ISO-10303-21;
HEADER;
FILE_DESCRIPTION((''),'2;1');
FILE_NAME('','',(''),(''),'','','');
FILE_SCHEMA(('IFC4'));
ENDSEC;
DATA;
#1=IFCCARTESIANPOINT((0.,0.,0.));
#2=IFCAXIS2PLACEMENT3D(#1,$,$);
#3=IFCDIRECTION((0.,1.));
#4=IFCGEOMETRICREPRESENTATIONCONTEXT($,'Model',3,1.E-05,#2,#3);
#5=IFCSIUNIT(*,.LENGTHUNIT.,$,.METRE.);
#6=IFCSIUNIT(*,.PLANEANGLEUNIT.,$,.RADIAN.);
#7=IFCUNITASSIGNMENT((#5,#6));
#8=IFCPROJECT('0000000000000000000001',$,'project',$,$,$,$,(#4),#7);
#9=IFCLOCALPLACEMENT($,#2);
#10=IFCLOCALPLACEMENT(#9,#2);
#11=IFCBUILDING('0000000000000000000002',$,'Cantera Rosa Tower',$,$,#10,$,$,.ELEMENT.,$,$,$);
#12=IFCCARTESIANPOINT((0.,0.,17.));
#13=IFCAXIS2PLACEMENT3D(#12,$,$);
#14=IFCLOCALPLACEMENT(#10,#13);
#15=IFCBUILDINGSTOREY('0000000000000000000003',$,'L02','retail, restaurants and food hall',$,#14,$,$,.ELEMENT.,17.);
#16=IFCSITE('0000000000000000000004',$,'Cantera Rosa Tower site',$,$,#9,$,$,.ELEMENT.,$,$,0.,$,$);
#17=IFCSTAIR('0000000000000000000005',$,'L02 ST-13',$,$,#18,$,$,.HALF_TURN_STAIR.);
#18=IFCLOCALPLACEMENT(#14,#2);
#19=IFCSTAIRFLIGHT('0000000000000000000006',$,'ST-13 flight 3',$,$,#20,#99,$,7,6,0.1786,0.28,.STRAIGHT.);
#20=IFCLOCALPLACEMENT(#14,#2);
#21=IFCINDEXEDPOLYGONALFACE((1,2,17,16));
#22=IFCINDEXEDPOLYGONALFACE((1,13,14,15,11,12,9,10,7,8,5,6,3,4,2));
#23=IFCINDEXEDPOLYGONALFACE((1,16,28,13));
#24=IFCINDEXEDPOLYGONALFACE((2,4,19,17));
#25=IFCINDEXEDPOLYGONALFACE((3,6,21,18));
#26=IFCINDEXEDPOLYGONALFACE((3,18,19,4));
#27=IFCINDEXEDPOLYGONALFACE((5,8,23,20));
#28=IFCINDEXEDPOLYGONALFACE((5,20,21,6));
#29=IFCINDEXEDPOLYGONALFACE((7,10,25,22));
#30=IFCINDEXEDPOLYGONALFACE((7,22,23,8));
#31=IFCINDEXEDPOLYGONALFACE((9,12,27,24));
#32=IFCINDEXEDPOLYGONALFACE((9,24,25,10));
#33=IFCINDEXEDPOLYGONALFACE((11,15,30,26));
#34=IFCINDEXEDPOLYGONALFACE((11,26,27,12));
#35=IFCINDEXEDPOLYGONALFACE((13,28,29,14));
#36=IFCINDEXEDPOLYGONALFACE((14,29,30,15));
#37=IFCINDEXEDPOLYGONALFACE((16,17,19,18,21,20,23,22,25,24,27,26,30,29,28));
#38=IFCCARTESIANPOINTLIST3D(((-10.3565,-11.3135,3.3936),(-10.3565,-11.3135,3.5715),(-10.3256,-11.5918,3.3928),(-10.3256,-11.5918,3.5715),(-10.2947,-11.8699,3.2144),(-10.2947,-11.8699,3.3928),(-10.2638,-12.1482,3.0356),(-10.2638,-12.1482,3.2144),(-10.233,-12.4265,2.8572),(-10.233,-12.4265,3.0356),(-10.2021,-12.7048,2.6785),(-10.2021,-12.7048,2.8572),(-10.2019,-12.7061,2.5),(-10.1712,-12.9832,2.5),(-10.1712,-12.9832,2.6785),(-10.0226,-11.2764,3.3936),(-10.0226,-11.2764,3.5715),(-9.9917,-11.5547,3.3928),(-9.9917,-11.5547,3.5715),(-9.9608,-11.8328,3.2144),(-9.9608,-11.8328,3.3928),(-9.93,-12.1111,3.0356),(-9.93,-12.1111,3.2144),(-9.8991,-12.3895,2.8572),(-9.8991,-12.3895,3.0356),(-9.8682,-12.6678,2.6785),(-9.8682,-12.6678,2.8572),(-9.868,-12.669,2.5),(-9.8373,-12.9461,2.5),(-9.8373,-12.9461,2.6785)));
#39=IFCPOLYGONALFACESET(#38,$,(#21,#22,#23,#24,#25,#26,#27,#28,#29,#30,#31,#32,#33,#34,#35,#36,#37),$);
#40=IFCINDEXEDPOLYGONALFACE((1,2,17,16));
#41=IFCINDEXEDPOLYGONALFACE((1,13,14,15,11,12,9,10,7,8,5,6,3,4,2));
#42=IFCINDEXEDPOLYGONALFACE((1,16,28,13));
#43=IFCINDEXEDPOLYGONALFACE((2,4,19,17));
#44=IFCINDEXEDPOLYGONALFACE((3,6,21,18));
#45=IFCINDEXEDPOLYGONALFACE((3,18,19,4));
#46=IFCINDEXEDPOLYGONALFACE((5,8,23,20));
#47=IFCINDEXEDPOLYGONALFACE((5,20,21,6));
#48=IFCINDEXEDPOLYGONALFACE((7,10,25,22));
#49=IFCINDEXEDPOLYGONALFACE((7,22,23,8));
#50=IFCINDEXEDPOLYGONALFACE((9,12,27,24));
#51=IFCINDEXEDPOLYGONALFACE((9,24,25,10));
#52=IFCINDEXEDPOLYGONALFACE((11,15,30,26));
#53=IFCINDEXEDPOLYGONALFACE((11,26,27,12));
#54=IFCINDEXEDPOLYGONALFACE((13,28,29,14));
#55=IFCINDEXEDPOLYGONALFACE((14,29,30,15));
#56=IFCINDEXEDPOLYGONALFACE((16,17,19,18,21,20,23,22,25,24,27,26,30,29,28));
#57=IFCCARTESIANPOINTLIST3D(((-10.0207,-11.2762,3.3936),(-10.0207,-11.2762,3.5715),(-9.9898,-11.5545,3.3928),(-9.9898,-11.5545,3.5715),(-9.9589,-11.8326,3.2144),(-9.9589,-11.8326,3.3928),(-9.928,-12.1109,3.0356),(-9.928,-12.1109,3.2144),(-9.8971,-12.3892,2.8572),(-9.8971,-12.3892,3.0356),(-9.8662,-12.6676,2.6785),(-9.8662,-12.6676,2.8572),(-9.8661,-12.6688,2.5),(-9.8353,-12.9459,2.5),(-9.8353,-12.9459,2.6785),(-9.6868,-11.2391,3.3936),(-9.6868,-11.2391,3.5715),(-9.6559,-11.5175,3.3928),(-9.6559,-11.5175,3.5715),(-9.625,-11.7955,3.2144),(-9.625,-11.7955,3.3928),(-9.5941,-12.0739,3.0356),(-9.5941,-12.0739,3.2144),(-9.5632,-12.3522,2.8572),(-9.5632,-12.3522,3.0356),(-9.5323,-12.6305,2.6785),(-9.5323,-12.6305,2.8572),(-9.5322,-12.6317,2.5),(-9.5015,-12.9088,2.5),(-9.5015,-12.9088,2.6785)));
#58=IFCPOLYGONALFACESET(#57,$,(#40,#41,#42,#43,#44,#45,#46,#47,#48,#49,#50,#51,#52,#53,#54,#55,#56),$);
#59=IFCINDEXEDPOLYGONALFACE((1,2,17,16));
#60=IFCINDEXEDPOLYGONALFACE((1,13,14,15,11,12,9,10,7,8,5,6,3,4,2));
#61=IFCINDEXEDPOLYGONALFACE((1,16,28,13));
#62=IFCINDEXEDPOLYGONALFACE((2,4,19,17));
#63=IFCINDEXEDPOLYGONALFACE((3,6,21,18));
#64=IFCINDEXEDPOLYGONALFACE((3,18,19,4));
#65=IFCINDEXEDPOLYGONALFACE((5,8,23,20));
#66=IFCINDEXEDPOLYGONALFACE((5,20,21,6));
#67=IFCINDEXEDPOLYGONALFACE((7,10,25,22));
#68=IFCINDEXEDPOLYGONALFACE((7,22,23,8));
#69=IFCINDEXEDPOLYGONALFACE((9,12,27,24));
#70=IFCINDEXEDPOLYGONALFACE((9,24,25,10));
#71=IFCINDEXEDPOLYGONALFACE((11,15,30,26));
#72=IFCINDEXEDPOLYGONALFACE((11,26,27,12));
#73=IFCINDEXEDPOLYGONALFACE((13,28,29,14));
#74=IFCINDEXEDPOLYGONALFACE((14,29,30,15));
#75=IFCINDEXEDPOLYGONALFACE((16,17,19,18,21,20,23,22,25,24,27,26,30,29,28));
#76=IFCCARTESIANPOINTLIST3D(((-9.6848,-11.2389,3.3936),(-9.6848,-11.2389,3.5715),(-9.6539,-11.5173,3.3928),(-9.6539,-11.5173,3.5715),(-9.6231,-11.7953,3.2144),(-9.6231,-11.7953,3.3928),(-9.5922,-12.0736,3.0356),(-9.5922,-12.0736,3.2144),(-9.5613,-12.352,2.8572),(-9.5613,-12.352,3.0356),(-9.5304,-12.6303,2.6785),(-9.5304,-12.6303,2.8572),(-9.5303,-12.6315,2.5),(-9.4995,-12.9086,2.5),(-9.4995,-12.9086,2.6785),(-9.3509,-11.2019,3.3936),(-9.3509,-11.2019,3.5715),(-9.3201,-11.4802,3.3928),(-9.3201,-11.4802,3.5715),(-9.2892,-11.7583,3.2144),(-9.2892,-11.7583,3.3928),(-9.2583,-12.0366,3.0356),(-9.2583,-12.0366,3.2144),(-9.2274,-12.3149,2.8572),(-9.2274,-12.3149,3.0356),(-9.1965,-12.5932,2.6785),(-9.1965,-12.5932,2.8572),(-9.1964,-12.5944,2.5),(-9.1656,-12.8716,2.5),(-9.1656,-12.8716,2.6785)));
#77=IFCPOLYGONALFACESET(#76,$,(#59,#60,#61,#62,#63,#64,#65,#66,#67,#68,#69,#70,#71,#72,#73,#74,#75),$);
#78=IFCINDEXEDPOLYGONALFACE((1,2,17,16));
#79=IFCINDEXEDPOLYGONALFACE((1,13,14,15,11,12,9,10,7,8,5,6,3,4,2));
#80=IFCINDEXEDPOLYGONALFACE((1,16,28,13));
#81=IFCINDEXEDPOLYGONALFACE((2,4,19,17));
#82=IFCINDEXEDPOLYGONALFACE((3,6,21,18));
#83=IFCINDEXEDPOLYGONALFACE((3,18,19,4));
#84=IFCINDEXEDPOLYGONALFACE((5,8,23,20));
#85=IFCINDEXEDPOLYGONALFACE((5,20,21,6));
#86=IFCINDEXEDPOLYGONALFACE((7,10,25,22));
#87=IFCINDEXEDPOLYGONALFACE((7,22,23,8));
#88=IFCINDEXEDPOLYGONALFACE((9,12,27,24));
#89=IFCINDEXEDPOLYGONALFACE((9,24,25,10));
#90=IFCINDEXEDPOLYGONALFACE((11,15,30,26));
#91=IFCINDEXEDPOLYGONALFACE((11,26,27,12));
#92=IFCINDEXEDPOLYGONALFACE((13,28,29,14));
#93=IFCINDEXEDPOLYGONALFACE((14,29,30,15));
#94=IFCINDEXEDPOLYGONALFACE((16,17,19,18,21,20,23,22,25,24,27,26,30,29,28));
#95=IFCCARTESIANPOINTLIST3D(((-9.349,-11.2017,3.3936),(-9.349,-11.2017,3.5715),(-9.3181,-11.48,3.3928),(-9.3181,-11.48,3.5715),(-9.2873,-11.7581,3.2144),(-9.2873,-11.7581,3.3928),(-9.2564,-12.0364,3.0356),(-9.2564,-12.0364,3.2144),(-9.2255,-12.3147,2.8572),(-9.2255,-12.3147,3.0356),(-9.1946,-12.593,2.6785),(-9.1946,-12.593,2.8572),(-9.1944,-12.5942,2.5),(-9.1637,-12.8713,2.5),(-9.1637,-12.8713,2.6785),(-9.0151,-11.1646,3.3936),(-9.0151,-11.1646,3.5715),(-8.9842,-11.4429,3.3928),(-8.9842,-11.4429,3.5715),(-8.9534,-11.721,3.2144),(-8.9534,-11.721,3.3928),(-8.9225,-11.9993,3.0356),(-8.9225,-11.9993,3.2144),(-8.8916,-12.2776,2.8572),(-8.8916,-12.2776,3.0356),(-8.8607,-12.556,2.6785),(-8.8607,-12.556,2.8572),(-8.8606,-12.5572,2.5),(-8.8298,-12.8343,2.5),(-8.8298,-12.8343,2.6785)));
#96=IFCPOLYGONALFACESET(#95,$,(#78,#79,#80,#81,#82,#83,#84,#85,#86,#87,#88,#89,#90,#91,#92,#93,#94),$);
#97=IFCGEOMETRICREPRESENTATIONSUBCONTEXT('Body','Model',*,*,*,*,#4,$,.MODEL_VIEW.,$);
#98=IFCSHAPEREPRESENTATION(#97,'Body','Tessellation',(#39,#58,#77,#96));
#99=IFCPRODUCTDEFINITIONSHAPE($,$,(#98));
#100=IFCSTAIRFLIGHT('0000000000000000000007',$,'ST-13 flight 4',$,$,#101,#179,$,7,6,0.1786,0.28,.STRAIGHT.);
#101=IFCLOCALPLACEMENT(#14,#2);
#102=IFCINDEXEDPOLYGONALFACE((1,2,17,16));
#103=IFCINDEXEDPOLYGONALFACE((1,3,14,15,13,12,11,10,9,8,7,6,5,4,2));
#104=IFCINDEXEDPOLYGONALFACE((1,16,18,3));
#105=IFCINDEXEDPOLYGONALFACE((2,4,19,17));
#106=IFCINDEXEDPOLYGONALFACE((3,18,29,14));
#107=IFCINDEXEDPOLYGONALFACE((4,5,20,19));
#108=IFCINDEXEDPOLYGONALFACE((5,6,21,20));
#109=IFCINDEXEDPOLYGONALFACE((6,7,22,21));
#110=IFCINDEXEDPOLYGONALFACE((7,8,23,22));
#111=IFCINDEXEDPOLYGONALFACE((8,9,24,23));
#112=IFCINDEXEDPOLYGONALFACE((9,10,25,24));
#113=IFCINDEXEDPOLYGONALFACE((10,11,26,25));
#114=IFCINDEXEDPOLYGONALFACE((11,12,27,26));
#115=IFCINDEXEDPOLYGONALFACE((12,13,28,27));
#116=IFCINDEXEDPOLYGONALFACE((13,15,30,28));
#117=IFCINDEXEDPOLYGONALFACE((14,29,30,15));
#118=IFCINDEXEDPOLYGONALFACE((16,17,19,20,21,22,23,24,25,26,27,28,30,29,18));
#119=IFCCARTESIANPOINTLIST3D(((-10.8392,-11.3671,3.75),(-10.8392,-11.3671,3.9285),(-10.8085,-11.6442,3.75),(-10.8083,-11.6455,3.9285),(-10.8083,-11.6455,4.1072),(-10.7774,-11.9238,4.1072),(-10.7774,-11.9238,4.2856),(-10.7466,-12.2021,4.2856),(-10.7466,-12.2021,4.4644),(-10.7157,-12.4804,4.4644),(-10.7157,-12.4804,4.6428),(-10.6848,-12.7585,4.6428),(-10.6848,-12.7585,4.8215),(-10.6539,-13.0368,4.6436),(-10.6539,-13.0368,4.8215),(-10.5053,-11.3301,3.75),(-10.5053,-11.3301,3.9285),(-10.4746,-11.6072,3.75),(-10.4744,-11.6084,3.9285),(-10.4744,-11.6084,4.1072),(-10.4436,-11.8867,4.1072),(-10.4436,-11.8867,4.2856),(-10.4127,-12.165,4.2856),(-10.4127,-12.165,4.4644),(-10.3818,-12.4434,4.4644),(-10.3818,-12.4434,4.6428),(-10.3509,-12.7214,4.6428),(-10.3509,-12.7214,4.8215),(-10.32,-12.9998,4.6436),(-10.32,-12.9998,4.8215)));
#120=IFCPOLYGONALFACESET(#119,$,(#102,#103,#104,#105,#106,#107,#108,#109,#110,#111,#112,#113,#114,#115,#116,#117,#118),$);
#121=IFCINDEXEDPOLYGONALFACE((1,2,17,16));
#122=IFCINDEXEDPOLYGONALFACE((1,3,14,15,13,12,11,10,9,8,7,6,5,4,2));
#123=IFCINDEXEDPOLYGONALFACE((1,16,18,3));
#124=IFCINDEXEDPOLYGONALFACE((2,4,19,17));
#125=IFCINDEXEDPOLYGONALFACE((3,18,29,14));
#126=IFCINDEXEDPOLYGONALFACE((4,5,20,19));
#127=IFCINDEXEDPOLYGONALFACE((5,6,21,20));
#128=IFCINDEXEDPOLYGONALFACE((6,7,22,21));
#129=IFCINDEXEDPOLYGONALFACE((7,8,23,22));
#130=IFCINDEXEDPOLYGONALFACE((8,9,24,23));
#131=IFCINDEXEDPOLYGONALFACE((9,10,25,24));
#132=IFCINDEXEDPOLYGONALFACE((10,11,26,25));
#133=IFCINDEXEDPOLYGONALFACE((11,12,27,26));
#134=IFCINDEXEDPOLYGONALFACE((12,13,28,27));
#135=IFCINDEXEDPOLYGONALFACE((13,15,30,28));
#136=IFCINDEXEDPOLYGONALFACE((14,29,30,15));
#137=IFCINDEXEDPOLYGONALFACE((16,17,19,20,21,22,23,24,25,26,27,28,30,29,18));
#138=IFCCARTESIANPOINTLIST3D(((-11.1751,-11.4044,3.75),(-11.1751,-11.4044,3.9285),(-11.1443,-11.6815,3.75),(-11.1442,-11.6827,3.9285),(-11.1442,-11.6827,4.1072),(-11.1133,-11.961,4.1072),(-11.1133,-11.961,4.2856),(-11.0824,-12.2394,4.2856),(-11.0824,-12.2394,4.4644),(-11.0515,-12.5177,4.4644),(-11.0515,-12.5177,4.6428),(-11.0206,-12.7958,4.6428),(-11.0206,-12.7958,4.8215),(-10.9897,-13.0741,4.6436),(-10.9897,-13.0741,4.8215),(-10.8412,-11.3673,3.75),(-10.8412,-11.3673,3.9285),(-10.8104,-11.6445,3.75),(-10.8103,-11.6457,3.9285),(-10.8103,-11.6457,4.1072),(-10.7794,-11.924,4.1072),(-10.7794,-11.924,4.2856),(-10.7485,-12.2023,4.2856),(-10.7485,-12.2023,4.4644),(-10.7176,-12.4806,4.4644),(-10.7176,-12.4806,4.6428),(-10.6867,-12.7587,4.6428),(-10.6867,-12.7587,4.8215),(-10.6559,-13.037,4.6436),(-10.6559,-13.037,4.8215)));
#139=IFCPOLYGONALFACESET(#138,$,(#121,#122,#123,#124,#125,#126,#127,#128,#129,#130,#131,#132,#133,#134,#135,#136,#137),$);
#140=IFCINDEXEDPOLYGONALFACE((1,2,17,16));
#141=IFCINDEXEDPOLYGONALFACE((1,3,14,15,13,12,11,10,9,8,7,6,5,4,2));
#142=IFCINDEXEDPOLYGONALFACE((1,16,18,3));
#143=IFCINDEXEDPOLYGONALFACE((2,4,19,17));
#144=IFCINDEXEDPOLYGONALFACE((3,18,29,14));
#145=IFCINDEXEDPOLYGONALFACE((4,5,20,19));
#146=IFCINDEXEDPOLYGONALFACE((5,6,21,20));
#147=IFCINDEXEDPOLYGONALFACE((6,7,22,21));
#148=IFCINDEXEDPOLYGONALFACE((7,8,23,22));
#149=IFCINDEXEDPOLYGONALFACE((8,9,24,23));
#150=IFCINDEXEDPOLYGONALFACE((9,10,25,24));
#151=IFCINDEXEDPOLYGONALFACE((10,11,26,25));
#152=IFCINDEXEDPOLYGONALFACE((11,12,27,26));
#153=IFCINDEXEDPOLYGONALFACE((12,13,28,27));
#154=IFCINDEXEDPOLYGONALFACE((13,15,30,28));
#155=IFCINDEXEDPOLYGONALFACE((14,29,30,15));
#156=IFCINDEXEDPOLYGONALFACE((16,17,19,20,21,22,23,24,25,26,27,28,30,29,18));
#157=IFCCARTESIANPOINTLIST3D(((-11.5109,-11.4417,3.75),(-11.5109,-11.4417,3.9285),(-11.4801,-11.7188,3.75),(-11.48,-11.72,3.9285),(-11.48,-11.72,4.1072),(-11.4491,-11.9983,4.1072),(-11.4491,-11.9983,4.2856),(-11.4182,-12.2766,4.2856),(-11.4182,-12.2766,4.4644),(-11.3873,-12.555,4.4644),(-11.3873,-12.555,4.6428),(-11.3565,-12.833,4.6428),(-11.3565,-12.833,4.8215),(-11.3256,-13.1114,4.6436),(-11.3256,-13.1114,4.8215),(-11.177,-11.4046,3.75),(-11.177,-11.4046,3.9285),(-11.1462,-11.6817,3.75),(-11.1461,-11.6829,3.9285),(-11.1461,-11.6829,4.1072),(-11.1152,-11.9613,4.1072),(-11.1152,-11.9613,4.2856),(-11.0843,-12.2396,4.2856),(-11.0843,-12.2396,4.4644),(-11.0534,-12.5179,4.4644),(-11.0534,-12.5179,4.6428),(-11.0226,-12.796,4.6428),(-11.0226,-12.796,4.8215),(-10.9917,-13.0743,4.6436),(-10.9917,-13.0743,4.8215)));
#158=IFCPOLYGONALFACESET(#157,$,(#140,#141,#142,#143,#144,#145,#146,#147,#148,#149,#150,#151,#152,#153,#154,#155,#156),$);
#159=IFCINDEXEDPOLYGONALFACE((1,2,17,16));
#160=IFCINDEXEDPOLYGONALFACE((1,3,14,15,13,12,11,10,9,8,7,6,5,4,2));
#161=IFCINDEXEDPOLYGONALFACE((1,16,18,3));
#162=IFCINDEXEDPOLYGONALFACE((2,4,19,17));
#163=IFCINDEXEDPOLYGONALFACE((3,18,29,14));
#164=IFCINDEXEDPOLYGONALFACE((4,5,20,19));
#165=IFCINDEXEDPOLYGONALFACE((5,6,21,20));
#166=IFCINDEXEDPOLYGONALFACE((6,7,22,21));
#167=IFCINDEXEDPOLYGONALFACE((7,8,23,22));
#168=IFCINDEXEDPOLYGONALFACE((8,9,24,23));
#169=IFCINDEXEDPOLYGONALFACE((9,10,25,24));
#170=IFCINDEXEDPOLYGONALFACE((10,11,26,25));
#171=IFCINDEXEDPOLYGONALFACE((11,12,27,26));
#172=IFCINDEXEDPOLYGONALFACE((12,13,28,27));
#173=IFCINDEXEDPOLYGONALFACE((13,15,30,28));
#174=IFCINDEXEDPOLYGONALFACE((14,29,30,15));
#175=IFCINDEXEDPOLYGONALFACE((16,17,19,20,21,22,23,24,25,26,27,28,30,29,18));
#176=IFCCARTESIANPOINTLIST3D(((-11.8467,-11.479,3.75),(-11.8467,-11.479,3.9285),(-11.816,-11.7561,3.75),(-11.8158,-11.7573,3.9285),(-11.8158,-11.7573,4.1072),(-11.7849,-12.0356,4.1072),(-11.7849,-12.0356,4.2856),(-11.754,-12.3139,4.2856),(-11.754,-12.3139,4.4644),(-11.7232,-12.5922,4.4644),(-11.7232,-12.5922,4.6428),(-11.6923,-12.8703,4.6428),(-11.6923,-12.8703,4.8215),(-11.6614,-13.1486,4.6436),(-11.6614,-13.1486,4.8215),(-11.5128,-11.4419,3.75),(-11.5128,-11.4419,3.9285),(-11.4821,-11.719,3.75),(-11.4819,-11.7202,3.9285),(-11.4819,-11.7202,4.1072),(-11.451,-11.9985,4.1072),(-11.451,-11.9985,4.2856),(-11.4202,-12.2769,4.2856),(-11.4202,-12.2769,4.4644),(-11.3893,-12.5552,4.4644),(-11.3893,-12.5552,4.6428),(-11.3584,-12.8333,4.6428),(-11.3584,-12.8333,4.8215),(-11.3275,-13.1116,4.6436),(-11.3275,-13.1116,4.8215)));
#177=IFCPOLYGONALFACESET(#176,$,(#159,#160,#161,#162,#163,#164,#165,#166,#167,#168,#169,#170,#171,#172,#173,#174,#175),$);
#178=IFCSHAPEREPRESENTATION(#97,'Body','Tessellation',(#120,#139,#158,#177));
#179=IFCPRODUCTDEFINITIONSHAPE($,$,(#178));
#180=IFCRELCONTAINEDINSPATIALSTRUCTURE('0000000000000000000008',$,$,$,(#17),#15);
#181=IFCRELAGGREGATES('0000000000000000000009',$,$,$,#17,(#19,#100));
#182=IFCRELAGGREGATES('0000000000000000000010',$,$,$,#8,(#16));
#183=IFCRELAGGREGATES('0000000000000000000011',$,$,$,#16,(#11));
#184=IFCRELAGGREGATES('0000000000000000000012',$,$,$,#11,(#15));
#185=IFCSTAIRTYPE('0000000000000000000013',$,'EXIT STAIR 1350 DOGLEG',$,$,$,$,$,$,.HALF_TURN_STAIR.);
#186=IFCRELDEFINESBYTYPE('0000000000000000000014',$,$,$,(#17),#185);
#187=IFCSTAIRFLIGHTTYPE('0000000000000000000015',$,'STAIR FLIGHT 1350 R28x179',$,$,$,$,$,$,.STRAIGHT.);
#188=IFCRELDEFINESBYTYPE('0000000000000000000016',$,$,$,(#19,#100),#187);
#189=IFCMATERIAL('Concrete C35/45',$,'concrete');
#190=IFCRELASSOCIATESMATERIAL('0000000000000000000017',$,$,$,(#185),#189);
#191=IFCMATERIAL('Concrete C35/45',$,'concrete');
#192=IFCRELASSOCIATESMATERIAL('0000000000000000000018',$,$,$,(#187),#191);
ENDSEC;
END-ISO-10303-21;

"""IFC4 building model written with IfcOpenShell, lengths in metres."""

from ifc_helpers import new_model, si_unit, direction, frame, origin, place, context, subcontext, project, spatial, polyline, outline, extrude, material, type_object, element, aggregate, save


model = new_model("IFC4")

# Units and contexts
model_context = context("Model", 3, precision=1e-05, world=origin(), true_north=direction((0.0, 1.0)))
body_context = subcontext(model_context, "Body", "Model", "MODEL_VIEW")
ifc_project = project(units=[si_unit("LENGTHUNIT", "METRE"), si_unit("PLANEANGLEUNIT", "RADIAN")], contexts=[model_context])

# Site, building, storey
site_placement = place(None, origin())
site = spatial("IfcSite", under=ifc_project, at=site_placement, Name="Cantera Rosa Tower site", CompositionType="ELEMENT", RefElevation=0.0)
building_placement = place(site_placement, origin())
building = spatial("IfcBuilding", under=site, at=building_placement, Name="Cantera Rosa Tower", CompositionType="ELEMENT")
storey_placement = place(building_placement, frame((0.0, 0.0, 17.0)))
storey = spatial("IfcBuildingStorey", under=building, at=storey_placement, Name="L02", Description="retail, restaurants and food hall", CompositionType="ELEMENT", Elevation=17.0)

# Stair, stair flights
ifc_material_1 = material(Name="Concrete C35/45", Category="concrete")
stair_type = type_object("IfcStairType", Name="EXIT STAIR 1350 DOGLEG", PredefinedType="HALF_TURN_STAIR", material=ifc_material_1)
stair_placement = place(storey_placement, origin())
stair = element("IfcStair", 1, at=stair_placement, inside=storey, type_object=stair_type, Name="L02 ST-13", PredefinedType="HALF_TURN_STAIR")
ifc_material_2 = material(Name="Concrete C35/45", Category="concrete")
stair_flight_type = type_object("IfcStairFlightType", Name="STAIR FLIGHT 1350 R28x179", PredefinedType="STRAIGHT", material=ifc_material_2)
stair_flight_1_placement = place(storey_placement, frame((-9.5002, -12.9087, 2.5), z_axis=(0.0, 0.0, 1.0), x_axis=(-0.110313, 0.993897, 0.0)))
stair_flight_1 = element("IfcStairFlight", 2, at=stair_flight_1_placement, type_object=stair_flight_type, Name="ST-13 flight 3", NumberOfRisers=7, NumberOfTreads=6, PredefinedType="STRAIGHT", RiserHeight=0.1786, TreadLength=0.28, context=body_context, shape_type="SweptSolid", body=[
    extrude(outline(polyline([(0.0, 0.0), (0.0, 0.1785), (0.28, 0.1785), (0.28, 0.3572), (0.5601, 0.3572), (0.5601, 0.5356), (0.8401, 0.5356), (0.8401, 0.7144), (1.1201, 0.7144), (1.1201, 0.8928), (1.3999, 0.8928), (1.3999, 1.0715), (1.6799, 1.0715), (1.6799, 1.25), (1.6799, 0.8936), (0.2788, 0.0), (0.0, 0.0)])), frame((0.0, 0.675, 0.0), z_axis=(0.0, -1.0, 0.0), x_axis=(1.0, 0.0, 0.0)), (0.0, 0.0, 1.0), 0.3359),
    extrude(outline(polyline([(0.0, 0.0), (0.0, 0.1785), (0.28, 0.1785), (0.28, 0.3572), (0.5601, 0.3572), (0.5601, 0.5356), (0.8401, 0.5356), (0.8401, 0.7144), (1.1201, 0.7144), (1.1201, 0.8928), (1.3999, 0.8928), (1.3999, 1.0715), (1.6799, 1.0715), (1.6799, 1.25), (1.6799, 0.8936), (0.2788, 0.0), (0.0, 0.0)])), frame((0.0, 0.3372, 0.0), z_axis=(0.0, -1.0, 0.0), x_axis=(1.0, 0.0, 0.0)), (0.0, 0.0, 1.0), 0.3359),
    extrude(outline(polyline([(0.0, 0.0), (0.0, 0.1785), (0.28, 0.1785), (0.28, 0.3572), (0.5601, 0.3572), (0.5601, 0.5356), (0.8401, 0.5356), (0.8401, 0.7144), (1.1201, 0.7144), (1.1201, 0.8928), (1.3999, 0.8928), (1.3999, 1.0715), (1.6799, 1.0715), (1.6799, 1.25), (1.6799, 0.8936), (0.2788, 0.0), (0.0, 0.0)])), frame((0.0, -0.0007, 0.0), z_axis=(0.0, -1.0, 0.0), x_axis=(1.0, 0.0, 0.0)), (0.0, 0.0, 1.0), 0.3359),
    extrude(outline(polyline([(0.0, 0.0), (0.0, 0.1785), (0.28, 0.1785), (0.28, 0.3572), (0.5601, 0.3572), (0.5601, 0.5356), (0.8401, 0.5356), (0.8401, 0.7144), (1.1201, 0.7144), (1.1201, 0.8928), (1.3999, 0.8928), (1.3999, 1.0715), (1.6799, 1.0715), (1.6799, 1.25), (1.6799, 0.8936), (0.2788, 0.0), (0.0, 0.0)])), frame((0.0, -0.3386, 0.0), z_axis=(0.0, -1.0, 0.0), x_axis=(1.0, 0.0, 0.0)), (0.0, 0.0, 1.0), 0.3359),
])
stair_flight_2_placement = place(storey_placement, frame((-11.1763, -11.4045, 3.75), z_axis=(0.0, 0.0, 1.0), x_axis=(0.110313, -0.993897, 0.0)))
stair_flight_2 = element("IfcStairFlight", 3, at=stair_flight_2_placement, type_object=stair_flight_type, Name="ST-13 flight 4", NumberOfRisers=7, NumberOfTreads=6, PredefinedType="STRAIGHT", RiserHeight=0.1786, TreadLength=0.28, context=body_context, shape_type="SweptSolid", body=[
    extrude(outline(polyline([(0.0, 0.0), (0.0, 0.1785), (0.28, 0.1785), (0.28, 0.3572), (0.5601, 0.3572), (0.5601, 0.5356), (0.8401, 0.5356), (0.8401, 0.7144), (1.1201, 0.7144), (1.1201, 0.8928), (1.3999, 0.8928), (1.3999, 1.0715), (1.6799, 1.0715), (1.6799, 1.25), (1.6799, 0.8936), (0.2788, 0.0), (0.0, 0.0)])), frame((0.0, 0.675, 0.0), z_axis=(0.0, -1.0, 0.0), x_axis=(1.0, 0.0, 0.0)), (0.0, 0.0, 1.0), 0.3359),
    extrude(outline(polyline([(0.0, 0.0), (0.0, 0.1785), (0.28, 0.1785), (0.28, 0.3572), (0.5601, 0.3572), (0.5601, 0.5356), (0.8401, 0.5356), (0.8401, 0.7144), (1.1201, 0.7144), (1.1201, 0.8928), (1.3999, 0.8928), (1.3999, 1.0715), (1.6799, 1.0715), (1.6799, 1.25), (1.6799, 0.8936), (0.2788, 0.0), (0.0, 0.0)])), frame((0.0, 0.3372, 0.0), z_axis=(0.0, -1.0, 0.0), x_axis=(1.0, 0.0, 0.0)), (0.0, 0.0, 1.0), 0.3359),
    extrude(outline(polyline([(0.0, 0.0), (0.0, 0.1785), (0.28, 0.1785), (0.28, 0.3572), (0.5601, 0.3572), (0.5601, 0.5356), (0.8401, 0.5356), (0.8401, 0.7144), (1.1201, 0.7144), (1.1201, 0.8928), (1.3999, 0.8928), (1.3999, 1.0715), (1.6799, 1.0715), (1.6799, 1.25), (1.6799, 0.8936), (0.2788, 0.0), (0.0, 0.0)])), frame((0.0, -0.0007, 0.0), z_axis=(0.0, -1.0, 0.0), x_axis=(1.0, 0.0, 0.0)), (0.0, 0.0, 1.0), 0.3359),
    extrude(outline(polyline([(0.0, 0.0), (0.0, 0.1785), (0.28, 0.1785), (0.28, 0.3572), (0.5601, 0.3572), (0.5601, 0.5356), (0.8401, 0.5356), (0.8401, 0.7144), (1.1201, 0.7144), (1.1201, 0.8928), (1.3999, 0.8928), (1.3999, 1.0715), (1.6799, 1.0715), (1.6799, 1.25), (1.6799, 0.8936), (0.2788, 0.0), (0.0, 0.0)])), frame((0.0, -0.3386, 0.0), z_axis=(0.0, -1.0, 0.0), x_axis=(1.0, 0.0, 0.0)), (0.0, 0.0, 1.0), 0.3359),
])
aggregate(stair, [stair_flight_1, stair_flight_2])

save(model, "model.ifc")
